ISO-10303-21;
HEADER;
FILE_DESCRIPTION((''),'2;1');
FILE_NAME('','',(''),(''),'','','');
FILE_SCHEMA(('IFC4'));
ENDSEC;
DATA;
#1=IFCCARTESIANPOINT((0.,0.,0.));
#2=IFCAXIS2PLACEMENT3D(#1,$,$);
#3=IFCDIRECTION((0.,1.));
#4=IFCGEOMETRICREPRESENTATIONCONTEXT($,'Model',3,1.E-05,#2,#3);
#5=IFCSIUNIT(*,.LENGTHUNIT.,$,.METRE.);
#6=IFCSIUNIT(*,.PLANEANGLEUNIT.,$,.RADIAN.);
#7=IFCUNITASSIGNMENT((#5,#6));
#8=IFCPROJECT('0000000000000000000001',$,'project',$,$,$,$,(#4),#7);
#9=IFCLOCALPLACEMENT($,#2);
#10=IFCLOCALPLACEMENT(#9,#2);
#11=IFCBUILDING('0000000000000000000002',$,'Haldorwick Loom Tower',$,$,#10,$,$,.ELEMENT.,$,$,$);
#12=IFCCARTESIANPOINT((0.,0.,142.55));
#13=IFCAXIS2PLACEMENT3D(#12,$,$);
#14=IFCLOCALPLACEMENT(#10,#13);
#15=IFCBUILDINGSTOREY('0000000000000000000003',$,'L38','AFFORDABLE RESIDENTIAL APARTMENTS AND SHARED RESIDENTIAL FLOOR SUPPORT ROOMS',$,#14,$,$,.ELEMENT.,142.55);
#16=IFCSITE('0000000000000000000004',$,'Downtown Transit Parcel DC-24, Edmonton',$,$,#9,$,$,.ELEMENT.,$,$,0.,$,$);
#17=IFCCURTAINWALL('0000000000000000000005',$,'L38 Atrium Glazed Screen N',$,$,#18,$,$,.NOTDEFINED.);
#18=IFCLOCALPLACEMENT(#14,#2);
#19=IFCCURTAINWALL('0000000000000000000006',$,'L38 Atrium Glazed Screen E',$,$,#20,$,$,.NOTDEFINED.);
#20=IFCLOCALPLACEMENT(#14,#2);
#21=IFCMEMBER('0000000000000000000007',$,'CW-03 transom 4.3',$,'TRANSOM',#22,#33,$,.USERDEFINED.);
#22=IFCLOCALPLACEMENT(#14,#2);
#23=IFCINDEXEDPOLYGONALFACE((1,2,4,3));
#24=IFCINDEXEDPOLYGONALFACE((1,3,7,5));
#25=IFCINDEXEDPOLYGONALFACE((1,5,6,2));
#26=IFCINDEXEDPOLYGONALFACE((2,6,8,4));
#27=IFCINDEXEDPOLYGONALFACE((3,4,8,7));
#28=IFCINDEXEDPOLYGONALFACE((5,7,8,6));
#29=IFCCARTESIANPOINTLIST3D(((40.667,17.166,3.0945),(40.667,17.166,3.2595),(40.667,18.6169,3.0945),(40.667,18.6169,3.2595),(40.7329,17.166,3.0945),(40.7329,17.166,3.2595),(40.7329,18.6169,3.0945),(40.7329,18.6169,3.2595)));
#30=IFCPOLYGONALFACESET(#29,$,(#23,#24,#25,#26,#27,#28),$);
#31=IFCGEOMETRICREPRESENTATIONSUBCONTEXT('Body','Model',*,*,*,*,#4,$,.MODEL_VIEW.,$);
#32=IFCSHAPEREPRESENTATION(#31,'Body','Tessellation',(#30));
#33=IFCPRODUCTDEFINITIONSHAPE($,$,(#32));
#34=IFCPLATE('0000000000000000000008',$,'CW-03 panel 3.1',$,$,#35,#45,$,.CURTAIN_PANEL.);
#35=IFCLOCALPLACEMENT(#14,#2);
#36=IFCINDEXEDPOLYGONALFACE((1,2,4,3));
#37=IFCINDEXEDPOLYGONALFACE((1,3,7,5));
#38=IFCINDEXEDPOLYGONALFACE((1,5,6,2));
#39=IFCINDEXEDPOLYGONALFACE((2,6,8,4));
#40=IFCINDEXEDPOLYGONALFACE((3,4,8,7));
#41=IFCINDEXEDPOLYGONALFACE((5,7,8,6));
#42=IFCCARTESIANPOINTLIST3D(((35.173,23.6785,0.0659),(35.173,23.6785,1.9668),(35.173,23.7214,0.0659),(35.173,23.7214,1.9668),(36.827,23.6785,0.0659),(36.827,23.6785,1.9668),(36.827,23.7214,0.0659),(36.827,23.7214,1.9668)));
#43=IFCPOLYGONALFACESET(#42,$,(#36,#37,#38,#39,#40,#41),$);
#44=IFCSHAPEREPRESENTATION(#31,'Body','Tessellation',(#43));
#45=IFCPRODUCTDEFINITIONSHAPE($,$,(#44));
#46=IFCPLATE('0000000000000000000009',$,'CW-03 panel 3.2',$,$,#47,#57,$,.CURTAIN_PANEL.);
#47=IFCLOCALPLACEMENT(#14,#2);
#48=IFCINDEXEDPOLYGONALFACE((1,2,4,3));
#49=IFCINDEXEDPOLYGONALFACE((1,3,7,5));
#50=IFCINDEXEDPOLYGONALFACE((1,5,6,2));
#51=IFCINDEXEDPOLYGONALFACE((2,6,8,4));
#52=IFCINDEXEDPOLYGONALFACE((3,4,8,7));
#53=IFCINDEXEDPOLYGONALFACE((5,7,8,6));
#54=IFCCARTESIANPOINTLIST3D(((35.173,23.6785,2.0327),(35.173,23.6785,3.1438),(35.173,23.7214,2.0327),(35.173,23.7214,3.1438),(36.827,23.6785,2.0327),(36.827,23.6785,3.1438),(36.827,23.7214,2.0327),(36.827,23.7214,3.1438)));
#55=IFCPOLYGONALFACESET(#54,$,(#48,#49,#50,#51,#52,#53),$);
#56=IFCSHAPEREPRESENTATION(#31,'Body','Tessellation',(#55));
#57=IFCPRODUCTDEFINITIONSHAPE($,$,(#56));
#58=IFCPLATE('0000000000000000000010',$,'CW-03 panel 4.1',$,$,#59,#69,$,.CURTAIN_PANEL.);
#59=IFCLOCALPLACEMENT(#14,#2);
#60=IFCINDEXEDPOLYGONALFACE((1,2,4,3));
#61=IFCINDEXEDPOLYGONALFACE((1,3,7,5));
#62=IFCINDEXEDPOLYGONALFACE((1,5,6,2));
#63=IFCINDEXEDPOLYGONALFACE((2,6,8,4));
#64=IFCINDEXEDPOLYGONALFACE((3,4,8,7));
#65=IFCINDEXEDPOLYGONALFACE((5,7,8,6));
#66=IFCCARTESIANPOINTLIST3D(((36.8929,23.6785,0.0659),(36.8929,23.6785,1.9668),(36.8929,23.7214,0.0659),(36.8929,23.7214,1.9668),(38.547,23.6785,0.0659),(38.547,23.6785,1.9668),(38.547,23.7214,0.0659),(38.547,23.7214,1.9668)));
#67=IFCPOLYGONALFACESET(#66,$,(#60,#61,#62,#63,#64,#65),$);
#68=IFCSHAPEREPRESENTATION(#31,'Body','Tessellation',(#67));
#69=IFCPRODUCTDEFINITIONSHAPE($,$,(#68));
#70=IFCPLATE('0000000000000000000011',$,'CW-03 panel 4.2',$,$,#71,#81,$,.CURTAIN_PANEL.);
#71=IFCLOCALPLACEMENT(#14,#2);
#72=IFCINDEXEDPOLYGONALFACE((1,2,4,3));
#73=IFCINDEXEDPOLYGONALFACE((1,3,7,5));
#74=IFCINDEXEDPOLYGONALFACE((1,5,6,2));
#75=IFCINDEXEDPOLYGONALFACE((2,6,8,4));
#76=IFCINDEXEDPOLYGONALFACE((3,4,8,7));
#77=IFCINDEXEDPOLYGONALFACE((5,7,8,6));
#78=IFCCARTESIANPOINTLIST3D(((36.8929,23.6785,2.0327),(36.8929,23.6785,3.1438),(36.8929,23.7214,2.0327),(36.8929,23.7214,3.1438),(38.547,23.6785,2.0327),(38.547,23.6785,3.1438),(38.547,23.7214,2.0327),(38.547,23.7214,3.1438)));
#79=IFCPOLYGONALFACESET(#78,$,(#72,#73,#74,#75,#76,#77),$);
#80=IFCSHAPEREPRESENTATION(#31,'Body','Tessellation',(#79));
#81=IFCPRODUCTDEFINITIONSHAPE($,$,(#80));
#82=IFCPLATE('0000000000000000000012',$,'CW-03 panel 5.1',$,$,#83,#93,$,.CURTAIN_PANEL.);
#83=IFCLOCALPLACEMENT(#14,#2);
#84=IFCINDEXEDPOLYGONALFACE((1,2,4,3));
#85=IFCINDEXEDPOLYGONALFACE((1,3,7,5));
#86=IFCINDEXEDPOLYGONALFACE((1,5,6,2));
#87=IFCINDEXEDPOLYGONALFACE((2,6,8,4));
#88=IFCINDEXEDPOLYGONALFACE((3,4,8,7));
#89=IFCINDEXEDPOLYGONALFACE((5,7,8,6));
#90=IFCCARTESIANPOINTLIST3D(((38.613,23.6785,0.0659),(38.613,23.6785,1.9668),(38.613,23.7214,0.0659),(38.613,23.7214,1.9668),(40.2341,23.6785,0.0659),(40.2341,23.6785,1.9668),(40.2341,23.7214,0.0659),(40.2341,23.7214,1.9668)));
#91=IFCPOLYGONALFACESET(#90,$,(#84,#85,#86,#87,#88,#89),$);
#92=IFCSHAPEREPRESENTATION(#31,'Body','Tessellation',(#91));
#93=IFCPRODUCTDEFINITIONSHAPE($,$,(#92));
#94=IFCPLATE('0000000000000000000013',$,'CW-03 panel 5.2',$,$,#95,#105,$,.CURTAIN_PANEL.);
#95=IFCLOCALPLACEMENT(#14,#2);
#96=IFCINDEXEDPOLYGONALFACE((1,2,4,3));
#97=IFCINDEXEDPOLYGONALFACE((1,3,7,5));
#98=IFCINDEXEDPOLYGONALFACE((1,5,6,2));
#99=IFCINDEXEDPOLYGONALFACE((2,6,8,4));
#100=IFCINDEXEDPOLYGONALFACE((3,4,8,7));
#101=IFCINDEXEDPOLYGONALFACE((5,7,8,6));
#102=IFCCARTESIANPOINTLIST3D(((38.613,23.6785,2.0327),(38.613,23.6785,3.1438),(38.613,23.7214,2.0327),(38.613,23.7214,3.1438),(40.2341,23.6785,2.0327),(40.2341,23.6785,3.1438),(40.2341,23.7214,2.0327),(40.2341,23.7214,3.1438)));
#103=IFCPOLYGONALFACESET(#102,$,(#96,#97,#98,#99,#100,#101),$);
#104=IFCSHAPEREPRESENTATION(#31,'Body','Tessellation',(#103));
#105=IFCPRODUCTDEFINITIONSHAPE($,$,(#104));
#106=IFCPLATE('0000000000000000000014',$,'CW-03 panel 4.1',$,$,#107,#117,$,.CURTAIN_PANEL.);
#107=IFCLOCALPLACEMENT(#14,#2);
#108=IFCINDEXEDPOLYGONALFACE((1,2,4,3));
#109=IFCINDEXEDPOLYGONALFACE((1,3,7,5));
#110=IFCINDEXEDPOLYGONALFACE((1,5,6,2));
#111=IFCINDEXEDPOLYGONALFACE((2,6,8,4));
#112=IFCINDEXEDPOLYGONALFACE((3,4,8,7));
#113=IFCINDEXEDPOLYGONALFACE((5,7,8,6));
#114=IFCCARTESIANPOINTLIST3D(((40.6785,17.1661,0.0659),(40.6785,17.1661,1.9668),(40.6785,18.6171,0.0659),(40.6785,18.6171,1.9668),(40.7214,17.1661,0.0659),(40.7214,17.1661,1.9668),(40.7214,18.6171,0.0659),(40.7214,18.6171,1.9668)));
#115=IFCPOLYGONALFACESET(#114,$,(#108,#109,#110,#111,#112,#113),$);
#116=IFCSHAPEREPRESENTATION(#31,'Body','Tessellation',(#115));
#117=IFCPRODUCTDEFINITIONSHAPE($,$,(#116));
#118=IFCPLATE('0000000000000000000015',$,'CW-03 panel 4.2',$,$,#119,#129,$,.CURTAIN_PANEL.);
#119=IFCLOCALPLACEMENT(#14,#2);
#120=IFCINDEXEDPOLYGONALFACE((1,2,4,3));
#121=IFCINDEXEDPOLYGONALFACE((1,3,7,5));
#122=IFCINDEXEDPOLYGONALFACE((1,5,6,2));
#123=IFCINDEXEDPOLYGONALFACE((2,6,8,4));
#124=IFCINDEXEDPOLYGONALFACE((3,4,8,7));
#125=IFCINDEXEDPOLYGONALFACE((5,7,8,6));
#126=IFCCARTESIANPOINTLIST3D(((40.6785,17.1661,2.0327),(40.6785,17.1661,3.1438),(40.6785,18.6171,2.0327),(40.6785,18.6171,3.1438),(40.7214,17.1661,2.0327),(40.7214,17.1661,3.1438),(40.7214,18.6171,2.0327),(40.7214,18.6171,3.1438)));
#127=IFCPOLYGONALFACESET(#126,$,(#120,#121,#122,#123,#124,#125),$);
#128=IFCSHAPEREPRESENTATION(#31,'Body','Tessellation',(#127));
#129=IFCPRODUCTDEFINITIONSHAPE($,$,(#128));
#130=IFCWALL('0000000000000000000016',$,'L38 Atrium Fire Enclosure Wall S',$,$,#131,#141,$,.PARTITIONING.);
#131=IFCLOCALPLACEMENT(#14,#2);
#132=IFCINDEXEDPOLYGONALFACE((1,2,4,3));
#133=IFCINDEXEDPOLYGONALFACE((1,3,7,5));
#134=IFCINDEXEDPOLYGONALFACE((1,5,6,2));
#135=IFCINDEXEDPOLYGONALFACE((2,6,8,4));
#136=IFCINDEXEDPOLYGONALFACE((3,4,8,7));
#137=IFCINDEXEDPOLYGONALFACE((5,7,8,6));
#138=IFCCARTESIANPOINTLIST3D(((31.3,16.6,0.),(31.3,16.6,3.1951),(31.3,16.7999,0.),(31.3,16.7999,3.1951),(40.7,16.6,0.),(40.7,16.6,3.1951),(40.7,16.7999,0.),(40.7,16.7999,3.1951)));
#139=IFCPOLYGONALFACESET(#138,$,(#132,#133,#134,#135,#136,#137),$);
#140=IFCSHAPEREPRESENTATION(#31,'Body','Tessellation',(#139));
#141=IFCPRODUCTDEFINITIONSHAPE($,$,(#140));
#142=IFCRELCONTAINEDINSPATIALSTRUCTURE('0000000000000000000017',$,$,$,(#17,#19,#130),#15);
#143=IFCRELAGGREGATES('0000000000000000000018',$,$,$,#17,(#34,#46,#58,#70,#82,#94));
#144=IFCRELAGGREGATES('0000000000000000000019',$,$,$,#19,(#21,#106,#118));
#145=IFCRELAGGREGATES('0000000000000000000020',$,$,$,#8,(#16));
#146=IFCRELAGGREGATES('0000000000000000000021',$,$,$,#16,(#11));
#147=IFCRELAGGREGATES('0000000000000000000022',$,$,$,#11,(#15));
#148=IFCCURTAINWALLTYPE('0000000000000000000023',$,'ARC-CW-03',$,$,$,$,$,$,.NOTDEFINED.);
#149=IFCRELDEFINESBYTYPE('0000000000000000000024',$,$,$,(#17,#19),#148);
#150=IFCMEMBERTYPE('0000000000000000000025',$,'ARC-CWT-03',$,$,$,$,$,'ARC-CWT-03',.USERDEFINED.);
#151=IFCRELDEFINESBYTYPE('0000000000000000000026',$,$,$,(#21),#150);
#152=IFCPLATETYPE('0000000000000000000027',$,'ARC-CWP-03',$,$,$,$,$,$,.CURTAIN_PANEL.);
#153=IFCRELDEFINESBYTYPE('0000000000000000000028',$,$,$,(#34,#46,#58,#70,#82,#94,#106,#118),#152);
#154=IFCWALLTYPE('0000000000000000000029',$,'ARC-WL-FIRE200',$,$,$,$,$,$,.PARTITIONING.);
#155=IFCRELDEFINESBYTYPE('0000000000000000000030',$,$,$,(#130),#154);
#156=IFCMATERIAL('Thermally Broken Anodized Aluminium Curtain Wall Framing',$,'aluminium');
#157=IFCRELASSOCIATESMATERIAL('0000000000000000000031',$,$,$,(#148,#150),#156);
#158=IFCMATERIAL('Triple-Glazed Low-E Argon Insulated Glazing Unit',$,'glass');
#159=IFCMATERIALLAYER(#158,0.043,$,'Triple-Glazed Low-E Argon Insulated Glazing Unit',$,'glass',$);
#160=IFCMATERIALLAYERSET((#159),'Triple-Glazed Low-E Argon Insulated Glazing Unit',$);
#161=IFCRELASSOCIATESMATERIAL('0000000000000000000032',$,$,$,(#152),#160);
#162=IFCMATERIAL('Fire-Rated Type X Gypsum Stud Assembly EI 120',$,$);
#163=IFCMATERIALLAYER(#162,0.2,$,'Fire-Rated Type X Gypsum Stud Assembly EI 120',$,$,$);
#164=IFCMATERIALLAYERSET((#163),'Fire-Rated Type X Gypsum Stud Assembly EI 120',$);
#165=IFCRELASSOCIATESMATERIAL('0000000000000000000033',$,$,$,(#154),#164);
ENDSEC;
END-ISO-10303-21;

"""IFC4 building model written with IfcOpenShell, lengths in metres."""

from ifc_helpers import new_model, si_unit, direction, frame, frame_2d, origin, origin_2d, place, context, subcontext, project, spatial, rectangle, extrude, material, layer, layer_set, material_profile, profile_set, type_object, element, aggregate, save


model = new_model("IFC4")

# Units and contexts
model_context = context("Model", 3, precision=1e-05, world=origin(), true_north=direction((0.0, 1.0)))
body_context = subcontext(model_context, "Body", "Model", "MODEL_VIEW")
ifc_project = project(units=[si_unit("LENGTHUNIT", "METRE"), si_unit("PLANEANGLEUNIT", "RADIAN")], contexts=[model_context])

# Site, building, storey
site_placement = place(None, origin())
site = spatial("IfcSite", under=ifc_project, at=site_placement, Name="Downtown Transit Parcel DC-24, Edmonton", CompositionType="ELEMENT", RefElevation=0.0)
building_placement = place(site_placement, origin())
building = spatial("IfcBuilding", under=site, at=building_placement, Name="Haldorwick Loom Tower", CompositionType="ELEMENT")
storey_placement = place(building_placement, frame((0.0, 0.0, 142.55)))
storey = spatial("IfcBuildingStorey", under=building, at=storey_placement, Name="L38", Description="AFFORDABLE RESIDENTIAL APARTMENTS AND SHARED RESIDENTIAL FLOOR SUPPORT ROOMS", CompositionType="ELEMENT", Elevation=142.55)

# Shared definitions
ifc_material_1 = material(Name="Thermally Broken Anodized Aluminium Curtain Wall Framing", Category="aluminium")
curtain_wall_type = type_object("IfcCurtainWallType", Name="ARC-CW-03", PredefinedType="NOTDEFINED", material=ifc_material_1)

# Curtain walls
curtain_wall_1_placement = place(storey_placement, origin())
curtain_wall_1 = element("IfcCurtainWall", 1, at=curtain_wall_1_placement, inside=storey, type_object=curtain_wall_type, Name="L38 Atrium Glazed Screen N", PredefinedType="NOTDEFINED")
curtain_wall_2_placement = place(storey_placement, origin())
curtain_wall_2 = element("IfcCurtainWall", 2, at=curtain_wall_2_placement, inside=storey, type_object=curtain_wall_type, Name="L38 Atrium Glazed Screen E", PredefinedType="NOTDEFINED")

# Member
ifc_material_profile_1 = material_profile(ifc_material_1, rectangle(XDim=0.0659, YDim=0.165, at=origin_2d()), Name="ALU_TRN_66X165", Category="aluminium")
ifc_profile_set_1 = profile_set([ifc_material_profile_1], Name="Thermally Broken Anodized Aluminium Curtain Wall Framing")
member_type_1 = type_object("IfcMemberType", Name="ARC-CWT-03", ElementType="ARC-CWT-03", PredefinedType="USERDEFINED", material=ifc_profile_set_1)
member_1_placement = place(storey_placement, frame((40.7, 18.6169, 3.177), z_axis=(0.0, -1.0, 0.0), x_axis=(1.0, 0.0, 0.0)))
member_1 = element("IfcMember", 3, at=member_1_placement, type_object=member_type_1, Name="CW-03 transom 4.3", ObjectType="TRANSOM", PredefinedType="USERDEFINED", context=body_context, shape_type="SweptSolid", body=[
    extrude(rectangle(XDim=0.0659, YDim=0.165, at=origin_2d()), origin(), (0.0, 0.0, 1.0), 1.4509),
])

# Plates
ifc_material_2 = material(Name="Triple-Glazed Low-E Argon Insulated Glazing Unit", Category="glass")
ifc_layer_1 = layer(ifc_material_2, 0.043, Name="Triple-Glazed Low-E Argon Insulated Glazing Unit", Category="glass")
ifc_layer_set_1 = layer_set([ifc_layer_1], Name="Triple-Glazed Low-E Argon Insulated Glazing Unit")
plate_type = type_object("IfcPlateType", Name="ARC-CWP-03", PredefinedType="CURTAIN_PANEL", material=ifc_layer_set_1)
plate_1_placement = place(storey_placement, frame((36.0, 23.7, 0.0659), z_axis=(0.0, 0.0, 1.0), x_axis=(1.0, 0.0, 0.0)))
plate_1 = element("IfcPlate", 4, at=plate_1_placement, type_object=plate_type, Name="CW-03 panel 3.1", PredefinedType="CURTAIN_PANEL", context=body_context, shape_type="SweptSolid", body=[
    extrude(rectangle(XDim=1.6541, YDim=0.043, at=origin_2d()), origin(), (0.0, 0.0, 1.0), 1.9009),
])
plate_2_placement = place(storey_placement, frame((36.0, 23.7, 2.0327), z_axis=(0.0, 0.0, 1.0), x_axis=(1.0, 0.0, 0.0)))
plate_2 = element("IfcPlate", 5, at=plate_2_placement, type_object=plate_type, Name="CW-03 panel 3.2", PredefinedType="CURTAIN_PANEL", context=body_context, shape_type="SweptSolid", body=[
    extrude(rectangle(XDim=1.6541, YDim=0.043, at=origin_2d()), origin(), (0.0, 0.0, 1.0), 1.1111),
])
plate_3_placement = place(storey_placement, frame((37.72, 23.7, 0.0659), z_axis=(0.0, 0.0, 1.0), x_axis=(1.0, 0.0, 0.0)))
plate_3 = element("IfcPlate", 6, at=plate_3_placement, type_object=plate_type, Name="CW-03 panel 4.1", PredefinedType="CURTAIN_PANEL", context=body_context, shape_type="SweptSolid", body=[
    extrude(rectangle(XDim=1.6541, YDim=0.043, at=origin_2d()), origin(), (0.0, 0.0, 1.0), 1.9009),
])
plate_4_placement = place(storey_placement, frame((37.72, 23.7, 2.0327), z_axis=(0.0, 0.0, 1.0), x_axis=(1.0, 0.0, 0.0)))
plate_4 = element("IfcPlate", 7, at=plate_4_placement, type_object=plate_type, Name="CW-03 panel 4.2", PredefinedType="CURTAIN_PANEL", context=body_context, shape_type="SweptSolid", body=[
    extrude(rectangle(XDim=1.6541, YDim=0.043, at=origin_2d()), origin(), (0.0, 0.0, 1.0), 1.1111),
])
plate_5_placement = place(storey_placement, frame((39.4236, 23.7, 0.0659), z_axis=(0.0, 0.0, 1.0), x_axis=(1.0, 0.0, 0.0)))
plate_5 = element("IfcPlate", 8, at=plate_5_placement, type_object=plate_type, Name="CW-03 panel 5.1", PredefinedType="CURTAIN_PANEL", context=body_context, shape_type="SweptSolid", body=[
    extrude(rectangle(XDim=1.6211, YDim=0.043, at=origin_2d()), origin(), (0.0, 0.0, 1.0), 1.9009),
])
plate_6_placement = place(storey_placement, frame((39.4236, 23.7, 2.0327), z_axis=(0.0, 0.0, 1.0), x_axis=(1.0, 0.0, 0.0)))
plate_6 = element("IfcPlate", 9, at=plate_6_placement, type_object=plate_type, Name="CW-03 panel 5.2", PredefinedType="CURTAIN_PANEL", context=body_context, shape_type="SweptSolid", body=[
    extrude(rectangle(XDim=1.6211, YDim=0.043, at=origin_2d()), origin(), (0.0, 0.0, 1.0), 1.1111),
])
aggregate(curtain_wall_1, [plate_1, plate_2, plate_3, plate_4, plate_5, plate_6])
plate_7_placement = place(storey_placement, frame((40.7, 17.8916, 0.0659), z_axis=(0.0, 0.0, 1.0), x_axis=(0.0, -1.0, 0.0)))
plate_7 = element("IfcPlate", 10, at=plate_7_placement, type_object=plate_type, Name="CW-03 panel 4.1", PredefinedType="CURTAIN_PANEL", context=body_context, shape_type="SweptSolid", body=[
    extrude(rectangle(XDim=1.4509, YDim=0.043, at=origin_2d()), origin(), (0.0, 0.0, 1.0), 1.9009),
])
plate_8_placement = place(storey_placement, frame((40.7, 17.8916, 2.0327), z_axis=(0.0, 0.0, 1.0), x_axis=(0.0, -1.0, 0.0)))
plate_8 = element("IfcPlate", 11, at=plate_8_placement, type_object=plate_type, Name="CW-03 panel 4.2", PredefinedType="CURTAIN_PANEL", context=body_context, shape_type="SweptSolid", body=[
    extrude(rectangle(XDim=1.4509, YDim=0.043, at=origin_2d()), origin(), (0.0, 0.0, 1.0), 1.1111),
])
aggregate(curtain_wall_2, [member_1, plate_7, plate_8])

# Wall
ifc_material_3 = material(Name="Fire-Rated Type X Gypsum Stud Assembly EI 120")
ifc_layer_2 = layer(ifc_material_3, 0.2, Name="Fire-Rated Type X Gypsum Stud Assembly EI 120")
ifc_layer_set_2 = layer_set([ifc_layer_2], Name="Fire-Rated Type X Gypsum Stud Assembly EI 120")
wall_type = type_object("IfcWallType", Name="ARC-WL-FIRE200", PredefinedType="PARTITIONING", material=ifc_layer_set_2)
wall_placement = place(storey_placement, frame((40.7, 16.7, 0.0), z_axis=(0.0, 0.0, 1.0), x_axis=(-1.0, 0.0, 0.0)))
element("IfcWall", 12, at=wall_placement, inside=storey, type_object=wall_type, Name="L38 Atrium Fire Enclosure Wall S", PredefinedType="PARTITIONING", context=body_context, shape_type="SweptSolid", body=[
    extrude(rectangle(XDim=9.3999, YDim=0.2, at=frame_2d((4.7, 0.0))), origin(), (0.0, 0.0, 1.0), 3.1951),
])

save(model, "model.ifc")
